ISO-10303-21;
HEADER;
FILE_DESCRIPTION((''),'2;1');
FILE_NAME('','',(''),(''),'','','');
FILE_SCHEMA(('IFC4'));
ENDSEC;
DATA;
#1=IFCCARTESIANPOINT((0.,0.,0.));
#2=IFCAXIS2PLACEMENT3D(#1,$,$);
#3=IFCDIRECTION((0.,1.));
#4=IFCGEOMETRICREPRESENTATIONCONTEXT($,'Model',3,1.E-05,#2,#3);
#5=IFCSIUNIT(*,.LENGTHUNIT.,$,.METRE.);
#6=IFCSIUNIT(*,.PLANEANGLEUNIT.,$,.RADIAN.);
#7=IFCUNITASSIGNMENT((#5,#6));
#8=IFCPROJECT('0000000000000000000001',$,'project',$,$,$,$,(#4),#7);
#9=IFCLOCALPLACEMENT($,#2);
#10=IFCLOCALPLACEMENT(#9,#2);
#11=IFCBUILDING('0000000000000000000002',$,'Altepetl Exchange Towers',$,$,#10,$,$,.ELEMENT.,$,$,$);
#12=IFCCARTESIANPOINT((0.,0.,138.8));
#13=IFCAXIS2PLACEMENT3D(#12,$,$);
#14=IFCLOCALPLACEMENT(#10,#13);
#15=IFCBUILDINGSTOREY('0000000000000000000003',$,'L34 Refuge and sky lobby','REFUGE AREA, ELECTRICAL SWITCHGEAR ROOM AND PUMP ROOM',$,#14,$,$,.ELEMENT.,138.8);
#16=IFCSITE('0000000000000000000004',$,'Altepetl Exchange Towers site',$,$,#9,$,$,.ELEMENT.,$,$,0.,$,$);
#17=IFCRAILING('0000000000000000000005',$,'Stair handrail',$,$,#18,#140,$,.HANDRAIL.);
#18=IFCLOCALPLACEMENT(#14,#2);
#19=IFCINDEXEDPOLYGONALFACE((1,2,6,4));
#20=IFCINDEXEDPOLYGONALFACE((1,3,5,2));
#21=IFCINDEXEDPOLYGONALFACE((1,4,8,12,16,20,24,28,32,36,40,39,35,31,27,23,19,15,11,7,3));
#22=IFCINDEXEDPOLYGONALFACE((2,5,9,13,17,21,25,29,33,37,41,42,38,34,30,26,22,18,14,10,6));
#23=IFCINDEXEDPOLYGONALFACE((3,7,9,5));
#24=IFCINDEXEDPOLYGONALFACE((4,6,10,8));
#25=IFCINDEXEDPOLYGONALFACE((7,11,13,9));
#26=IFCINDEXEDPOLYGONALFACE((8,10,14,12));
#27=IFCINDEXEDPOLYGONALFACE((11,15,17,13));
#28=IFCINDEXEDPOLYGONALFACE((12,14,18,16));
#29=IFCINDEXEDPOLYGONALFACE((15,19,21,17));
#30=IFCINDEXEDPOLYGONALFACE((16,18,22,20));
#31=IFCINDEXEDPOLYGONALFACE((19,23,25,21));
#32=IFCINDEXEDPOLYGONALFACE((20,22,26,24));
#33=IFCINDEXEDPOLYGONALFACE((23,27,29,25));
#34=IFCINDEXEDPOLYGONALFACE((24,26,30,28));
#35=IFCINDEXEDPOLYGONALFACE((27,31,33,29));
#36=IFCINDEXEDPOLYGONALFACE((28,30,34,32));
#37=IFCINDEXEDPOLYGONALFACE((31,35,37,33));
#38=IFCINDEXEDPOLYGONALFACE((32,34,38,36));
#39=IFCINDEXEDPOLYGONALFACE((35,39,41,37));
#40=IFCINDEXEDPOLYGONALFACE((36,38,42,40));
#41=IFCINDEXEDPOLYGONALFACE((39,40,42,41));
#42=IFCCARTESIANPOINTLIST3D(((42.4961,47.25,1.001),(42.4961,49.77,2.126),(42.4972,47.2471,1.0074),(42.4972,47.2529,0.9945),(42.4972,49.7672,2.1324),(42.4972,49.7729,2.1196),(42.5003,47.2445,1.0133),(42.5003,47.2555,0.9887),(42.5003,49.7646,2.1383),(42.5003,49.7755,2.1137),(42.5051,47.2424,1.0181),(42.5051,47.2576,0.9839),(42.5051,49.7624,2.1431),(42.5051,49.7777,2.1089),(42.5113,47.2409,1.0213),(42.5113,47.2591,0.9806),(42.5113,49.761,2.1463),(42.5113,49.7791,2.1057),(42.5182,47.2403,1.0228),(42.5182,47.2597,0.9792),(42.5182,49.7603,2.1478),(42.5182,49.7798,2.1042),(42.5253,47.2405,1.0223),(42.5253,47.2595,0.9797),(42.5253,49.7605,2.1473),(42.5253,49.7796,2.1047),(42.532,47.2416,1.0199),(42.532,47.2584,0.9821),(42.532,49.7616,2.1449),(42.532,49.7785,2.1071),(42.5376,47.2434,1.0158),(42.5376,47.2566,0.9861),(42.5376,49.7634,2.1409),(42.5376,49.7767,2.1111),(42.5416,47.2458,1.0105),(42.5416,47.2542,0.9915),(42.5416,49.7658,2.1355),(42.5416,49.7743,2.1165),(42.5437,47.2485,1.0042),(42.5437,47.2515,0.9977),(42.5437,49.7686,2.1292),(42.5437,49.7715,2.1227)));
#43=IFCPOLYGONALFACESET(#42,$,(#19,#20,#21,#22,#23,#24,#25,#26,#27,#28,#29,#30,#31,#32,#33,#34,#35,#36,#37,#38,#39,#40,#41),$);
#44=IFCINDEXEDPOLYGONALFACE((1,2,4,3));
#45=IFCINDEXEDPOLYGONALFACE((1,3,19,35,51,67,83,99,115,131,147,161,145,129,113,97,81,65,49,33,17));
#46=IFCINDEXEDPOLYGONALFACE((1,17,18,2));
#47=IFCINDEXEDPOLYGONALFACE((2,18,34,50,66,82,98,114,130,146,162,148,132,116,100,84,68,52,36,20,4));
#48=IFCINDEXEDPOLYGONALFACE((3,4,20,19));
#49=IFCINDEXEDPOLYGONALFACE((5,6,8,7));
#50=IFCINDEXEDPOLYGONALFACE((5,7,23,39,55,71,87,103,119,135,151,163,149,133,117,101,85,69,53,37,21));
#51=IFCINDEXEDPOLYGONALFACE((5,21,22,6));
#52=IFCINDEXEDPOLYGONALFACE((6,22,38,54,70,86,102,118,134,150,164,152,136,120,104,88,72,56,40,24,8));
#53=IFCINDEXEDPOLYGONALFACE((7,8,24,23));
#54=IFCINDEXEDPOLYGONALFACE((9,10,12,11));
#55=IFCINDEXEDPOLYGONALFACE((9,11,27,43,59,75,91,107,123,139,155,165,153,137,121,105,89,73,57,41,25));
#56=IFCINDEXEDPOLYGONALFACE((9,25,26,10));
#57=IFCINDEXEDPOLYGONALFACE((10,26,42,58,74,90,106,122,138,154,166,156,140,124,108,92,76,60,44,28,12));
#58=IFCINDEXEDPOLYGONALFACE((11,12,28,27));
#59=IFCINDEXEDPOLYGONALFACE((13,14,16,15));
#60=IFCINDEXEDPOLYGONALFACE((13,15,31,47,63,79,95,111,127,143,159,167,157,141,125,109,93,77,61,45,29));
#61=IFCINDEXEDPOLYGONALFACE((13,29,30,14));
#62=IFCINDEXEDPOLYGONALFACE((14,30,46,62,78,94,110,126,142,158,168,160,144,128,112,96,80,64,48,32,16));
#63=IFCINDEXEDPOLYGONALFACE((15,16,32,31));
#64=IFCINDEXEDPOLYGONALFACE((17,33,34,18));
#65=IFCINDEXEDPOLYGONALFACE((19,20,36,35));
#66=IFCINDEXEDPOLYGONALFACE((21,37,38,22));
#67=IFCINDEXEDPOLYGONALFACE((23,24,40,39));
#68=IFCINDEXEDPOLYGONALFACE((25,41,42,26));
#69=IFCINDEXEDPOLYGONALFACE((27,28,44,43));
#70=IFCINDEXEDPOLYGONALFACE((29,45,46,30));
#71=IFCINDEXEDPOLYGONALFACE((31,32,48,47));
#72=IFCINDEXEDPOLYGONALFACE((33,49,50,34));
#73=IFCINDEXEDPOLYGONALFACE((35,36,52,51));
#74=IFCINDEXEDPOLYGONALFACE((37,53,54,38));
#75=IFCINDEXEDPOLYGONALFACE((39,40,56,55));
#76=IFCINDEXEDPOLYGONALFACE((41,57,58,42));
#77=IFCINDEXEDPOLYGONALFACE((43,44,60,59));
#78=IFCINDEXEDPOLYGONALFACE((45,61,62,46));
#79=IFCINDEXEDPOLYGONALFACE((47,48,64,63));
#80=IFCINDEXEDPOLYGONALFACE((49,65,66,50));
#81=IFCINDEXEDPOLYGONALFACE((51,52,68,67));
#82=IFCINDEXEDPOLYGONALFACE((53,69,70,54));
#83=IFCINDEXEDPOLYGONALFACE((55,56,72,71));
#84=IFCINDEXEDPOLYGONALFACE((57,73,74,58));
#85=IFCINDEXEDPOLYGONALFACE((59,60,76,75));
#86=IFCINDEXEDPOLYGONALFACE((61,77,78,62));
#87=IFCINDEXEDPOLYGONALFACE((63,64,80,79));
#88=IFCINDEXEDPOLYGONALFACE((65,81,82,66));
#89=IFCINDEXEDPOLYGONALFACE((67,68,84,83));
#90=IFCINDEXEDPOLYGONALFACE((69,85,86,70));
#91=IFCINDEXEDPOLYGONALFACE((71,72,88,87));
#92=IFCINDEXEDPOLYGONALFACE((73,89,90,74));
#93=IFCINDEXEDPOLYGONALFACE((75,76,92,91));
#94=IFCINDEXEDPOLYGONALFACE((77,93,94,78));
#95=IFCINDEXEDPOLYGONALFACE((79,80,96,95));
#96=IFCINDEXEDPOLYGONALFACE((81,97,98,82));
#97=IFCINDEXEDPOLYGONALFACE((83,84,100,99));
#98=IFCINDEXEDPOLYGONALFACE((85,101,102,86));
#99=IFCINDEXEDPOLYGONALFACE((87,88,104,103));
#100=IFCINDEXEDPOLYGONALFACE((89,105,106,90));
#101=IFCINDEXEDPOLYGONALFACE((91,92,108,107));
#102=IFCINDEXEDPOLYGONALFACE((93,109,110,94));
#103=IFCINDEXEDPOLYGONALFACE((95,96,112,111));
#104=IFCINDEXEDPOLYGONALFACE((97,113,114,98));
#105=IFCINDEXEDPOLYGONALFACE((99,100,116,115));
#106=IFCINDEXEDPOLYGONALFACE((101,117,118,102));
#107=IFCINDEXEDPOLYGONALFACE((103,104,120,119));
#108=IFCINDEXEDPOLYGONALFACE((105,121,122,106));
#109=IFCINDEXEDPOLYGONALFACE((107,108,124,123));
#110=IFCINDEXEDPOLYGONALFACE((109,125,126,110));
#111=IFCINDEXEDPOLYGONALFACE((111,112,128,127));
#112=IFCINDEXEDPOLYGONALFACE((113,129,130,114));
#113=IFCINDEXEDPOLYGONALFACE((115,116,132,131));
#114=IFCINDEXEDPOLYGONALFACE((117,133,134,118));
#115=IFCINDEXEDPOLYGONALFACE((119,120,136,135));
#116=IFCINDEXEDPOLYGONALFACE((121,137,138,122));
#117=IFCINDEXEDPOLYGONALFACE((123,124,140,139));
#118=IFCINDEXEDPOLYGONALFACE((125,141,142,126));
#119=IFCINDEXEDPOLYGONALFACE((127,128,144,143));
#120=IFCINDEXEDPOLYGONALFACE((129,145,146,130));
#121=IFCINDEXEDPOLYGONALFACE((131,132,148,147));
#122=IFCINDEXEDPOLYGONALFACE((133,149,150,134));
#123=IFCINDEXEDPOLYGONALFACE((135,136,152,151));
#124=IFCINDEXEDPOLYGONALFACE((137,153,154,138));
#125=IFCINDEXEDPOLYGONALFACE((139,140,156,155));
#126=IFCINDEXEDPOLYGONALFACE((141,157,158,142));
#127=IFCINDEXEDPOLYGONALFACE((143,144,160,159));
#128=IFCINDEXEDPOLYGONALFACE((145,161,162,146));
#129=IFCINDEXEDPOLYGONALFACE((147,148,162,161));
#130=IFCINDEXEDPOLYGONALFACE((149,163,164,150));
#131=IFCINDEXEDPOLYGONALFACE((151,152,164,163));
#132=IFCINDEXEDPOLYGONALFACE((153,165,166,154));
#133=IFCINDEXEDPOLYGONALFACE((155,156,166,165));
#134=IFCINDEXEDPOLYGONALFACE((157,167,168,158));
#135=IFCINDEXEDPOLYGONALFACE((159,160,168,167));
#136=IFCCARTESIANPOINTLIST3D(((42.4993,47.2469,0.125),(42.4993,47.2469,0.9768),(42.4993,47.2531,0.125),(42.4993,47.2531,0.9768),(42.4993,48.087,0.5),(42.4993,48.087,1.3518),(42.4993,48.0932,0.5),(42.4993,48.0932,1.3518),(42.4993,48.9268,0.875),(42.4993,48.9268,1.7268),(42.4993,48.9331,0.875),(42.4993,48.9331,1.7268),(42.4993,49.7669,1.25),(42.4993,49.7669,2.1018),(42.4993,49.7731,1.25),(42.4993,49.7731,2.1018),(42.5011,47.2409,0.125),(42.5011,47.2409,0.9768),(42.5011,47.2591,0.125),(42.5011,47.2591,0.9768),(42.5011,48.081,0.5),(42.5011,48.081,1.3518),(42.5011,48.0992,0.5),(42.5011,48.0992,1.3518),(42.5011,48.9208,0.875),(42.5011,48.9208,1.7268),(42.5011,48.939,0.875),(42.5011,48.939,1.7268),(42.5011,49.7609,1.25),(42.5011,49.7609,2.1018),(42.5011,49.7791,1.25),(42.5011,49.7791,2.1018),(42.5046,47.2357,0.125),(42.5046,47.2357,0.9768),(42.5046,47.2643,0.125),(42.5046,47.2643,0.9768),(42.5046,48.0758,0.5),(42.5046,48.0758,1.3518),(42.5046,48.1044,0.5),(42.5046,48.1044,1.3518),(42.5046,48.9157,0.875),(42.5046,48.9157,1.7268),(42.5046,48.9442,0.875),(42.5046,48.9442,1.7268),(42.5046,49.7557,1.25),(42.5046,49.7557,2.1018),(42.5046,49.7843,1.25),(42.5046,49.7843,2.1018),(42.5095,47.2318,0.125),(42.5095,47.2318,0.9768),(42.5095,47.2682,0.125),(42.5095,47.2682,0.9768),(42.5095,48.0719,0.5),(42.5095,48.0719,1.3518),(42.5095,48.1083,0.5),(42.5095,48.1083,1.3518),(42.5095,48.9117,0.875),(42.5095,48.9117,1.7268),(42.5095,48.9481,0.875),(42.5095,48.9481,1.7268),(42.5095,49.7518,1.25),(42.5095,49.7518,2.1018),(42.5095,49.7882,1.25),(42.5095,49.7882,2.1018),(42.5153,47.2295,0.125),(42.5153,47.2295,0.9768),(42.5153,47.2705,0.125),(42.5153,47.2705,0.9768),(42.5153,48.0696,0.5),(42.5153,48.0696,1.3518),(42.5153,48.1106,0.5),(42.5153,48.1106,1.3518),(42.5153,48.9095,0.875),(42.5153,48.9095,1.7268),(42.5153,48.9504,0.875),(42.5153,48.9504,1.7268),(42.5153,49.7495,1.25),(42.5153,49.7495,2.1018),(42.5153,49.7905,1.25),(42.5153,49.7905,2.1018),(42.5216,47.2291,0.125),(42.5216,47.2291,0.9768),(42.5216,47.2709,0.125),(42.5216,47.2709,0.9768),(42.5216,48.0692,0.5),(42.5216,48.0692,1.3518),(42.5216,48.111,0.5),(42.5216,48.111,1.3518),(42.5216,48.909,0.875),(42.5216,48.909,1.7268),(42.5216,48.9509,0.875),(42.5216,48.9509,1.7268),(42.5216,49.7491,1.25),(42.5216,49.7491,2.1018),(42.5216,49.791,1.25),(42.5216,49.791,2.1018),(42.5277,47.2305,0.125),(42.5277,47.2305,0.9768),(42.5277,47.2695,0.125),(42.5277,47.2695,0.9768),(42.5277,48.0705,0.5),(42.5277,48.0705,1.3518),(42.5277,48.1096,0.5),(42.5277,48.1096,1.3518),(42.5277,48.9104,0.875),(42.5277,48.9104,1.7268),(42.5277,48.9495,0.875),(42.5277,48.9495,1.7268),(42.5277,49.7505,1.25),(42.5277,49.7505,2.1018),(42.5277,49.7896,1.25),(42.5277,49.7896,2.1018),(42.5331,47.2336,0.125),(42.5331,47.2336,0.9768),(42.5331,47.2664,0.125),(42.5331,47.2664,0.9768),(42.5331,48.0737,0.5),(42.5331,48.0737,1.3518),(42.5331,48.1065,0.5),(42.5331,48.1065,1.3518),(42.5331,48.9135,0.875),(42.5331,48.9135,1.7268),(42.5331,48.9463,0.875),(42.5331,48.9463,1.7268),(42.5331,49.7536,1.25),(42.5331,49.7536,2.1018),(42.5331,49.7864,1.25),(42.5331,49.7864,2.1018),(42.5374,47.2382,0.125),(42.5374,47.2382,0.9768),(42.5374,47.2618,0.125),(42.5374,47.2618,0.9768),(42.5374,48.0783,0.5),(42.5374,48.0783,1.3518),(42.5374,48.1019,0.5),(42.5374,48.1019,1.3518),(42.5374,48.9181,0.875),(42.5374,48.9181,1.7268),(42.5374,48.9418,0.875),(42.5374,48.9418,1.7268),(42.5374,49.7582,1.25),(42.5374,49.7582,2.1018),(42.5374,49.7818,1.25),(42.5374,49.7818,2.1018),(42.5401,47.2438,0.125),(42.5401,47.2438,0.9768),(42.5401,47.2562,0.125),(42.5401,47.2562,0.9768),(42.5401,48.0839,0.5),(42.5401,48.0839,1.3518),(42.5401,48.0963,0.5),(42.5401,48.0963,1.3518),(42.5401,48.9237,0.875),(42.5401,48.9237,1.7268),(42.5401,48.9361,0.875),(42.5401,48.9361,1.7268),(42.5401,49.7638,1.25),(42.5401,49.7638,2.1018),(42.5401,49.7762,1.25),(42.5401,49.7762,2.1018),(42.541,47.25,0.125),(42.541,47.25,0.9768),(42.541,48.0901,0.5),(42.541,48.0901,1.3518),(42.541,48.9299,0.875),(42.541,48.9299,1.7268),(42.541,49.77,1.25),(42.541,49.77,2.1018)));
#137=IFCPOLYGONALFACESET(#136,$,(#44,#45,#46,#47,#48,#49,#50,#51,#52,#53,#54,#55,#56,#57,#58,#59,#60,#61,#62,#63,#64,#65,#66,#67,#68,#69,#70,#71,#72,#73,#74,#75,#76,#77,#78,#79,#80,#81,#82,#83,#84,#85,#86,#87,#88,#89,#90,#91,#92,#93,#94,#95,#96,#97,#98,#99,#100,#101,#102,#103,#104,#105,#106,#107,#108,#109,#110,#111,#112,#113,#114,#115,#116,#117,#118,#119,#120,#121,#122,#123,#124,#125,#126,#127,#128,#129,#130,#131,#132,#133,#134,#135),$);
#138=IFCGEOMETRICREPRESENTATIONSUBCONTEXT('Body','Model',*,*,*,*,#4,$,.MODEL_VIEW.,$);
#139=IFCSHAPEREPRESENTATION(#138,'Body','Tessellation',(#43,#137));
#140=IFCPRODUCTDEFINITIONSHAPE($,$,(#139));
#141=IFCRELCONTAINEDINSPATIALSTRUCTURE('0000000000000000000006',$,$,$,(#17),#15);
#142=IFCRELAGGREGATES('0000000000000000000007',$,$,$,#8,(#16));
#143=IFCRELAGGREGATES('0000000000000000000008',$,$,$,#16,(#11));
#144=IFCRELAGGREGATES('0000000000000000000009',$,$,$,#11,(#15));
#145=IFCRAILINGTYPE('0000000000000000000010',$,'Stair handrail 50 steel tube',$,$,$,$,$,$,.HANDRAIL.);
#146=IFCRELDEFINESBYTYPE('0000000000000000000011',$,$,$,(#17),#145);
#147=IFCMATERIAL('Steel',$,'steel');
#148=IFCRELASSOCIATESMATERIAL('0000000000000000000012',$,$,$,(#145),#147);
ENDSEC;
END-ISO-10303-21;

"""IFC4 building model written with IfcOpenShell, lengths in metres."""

from ifc_helpers import new_model, si_unit, direction, frame, origin, origin_2d, place, context, subcontext, project, spatial, circle, extrude, source, transform, mapped, material, type_object, element, save


model = new_model("IFC4")

# Units and contexts
model_context = context("Model", 3, precision=1e-05, world=origin(), true_north=direction((0.0, 1.0)))
body_context = subcontext(model_context, "Body", "Model", "MODEL_VIEW")
ifc_project = project(units=[si_unit("LENGTHUNIT", "METRE"), si_unit("PLANEANGLEUNIT", "RADIAN")], contexts=[model_context])

# Site, building, storey
site_placement = place(None, origin())
site = spatial("IfcSite", under=ifc_project, at=site_placement, Name="Altepetl Exchange Towers site", CompositionType="ELEMENT", RefElevation=0.0)
building_placement = place(site_placement, origin())
building = spatial("IfcBuilding", under=site, at=building_placement, Name="Altepetl Exchange Towers", CompositionType="ELEMENT")
storey_placement = place(building_placement, frame((0.0, 0.0, 138.8)))
storey = spatial("IfcBuildingStorey", under=building, at=storey_placement, Name="L34 Refuge and sky lobby", Description="REFUGE AREA, ELECTRICAL SWITCHGEAR ROOM AND PUMP ROOM", CompositionType="ELEMENT", Elevation=138.8)

# Railing
ifc_material_1 = material(Name="Steel", Category="steel")
railing_type = type_object("IfcRailingType", Name="Stair handrail 50 steel tube", PredefinedType="HANDRAIL", material=ifc_material_1)
shared_shape = source(origin(), body_context, "Body", "SweptSolid", [
    extrude(circle(Radius=0.021, at=origin_2d()), origin(), (0.0, 0.0, 1.0), 0.8518),
])
railing_1_placement = place(storey_placement, frame((42.52, 47.25, 0.125)))
element("IfcRailing", 1, at=railing_1_placement, inside=storey, type_object=railing_type, Name="Stair handrail", PredefinedType="HANDRAIL", context=body_context, shape_type="SweptSolid", body=[
    extrude(circle(Radius=0.0239, at=origin_2d()), frame((0.0, 0.0, 0.876), z_axis=(0.0, 0.913139, 0.407648), x_axis=(-1.0, 0.0, 0.0)), (0.0, 0.0, 1.0), 2.7598),
    mapped(shared_shape, transform((0.0, 0.0, 0.0))),
    mapped(shared_shape, transform((0.0, 0.8401, 0.375))),
    mapped(shared_shape, transform((0.0, 1.6799, 0.75))),
    mapped(shared_shape, transform((0.0, 2.52, 1.125))),
])

save(model, "model.ifc")
